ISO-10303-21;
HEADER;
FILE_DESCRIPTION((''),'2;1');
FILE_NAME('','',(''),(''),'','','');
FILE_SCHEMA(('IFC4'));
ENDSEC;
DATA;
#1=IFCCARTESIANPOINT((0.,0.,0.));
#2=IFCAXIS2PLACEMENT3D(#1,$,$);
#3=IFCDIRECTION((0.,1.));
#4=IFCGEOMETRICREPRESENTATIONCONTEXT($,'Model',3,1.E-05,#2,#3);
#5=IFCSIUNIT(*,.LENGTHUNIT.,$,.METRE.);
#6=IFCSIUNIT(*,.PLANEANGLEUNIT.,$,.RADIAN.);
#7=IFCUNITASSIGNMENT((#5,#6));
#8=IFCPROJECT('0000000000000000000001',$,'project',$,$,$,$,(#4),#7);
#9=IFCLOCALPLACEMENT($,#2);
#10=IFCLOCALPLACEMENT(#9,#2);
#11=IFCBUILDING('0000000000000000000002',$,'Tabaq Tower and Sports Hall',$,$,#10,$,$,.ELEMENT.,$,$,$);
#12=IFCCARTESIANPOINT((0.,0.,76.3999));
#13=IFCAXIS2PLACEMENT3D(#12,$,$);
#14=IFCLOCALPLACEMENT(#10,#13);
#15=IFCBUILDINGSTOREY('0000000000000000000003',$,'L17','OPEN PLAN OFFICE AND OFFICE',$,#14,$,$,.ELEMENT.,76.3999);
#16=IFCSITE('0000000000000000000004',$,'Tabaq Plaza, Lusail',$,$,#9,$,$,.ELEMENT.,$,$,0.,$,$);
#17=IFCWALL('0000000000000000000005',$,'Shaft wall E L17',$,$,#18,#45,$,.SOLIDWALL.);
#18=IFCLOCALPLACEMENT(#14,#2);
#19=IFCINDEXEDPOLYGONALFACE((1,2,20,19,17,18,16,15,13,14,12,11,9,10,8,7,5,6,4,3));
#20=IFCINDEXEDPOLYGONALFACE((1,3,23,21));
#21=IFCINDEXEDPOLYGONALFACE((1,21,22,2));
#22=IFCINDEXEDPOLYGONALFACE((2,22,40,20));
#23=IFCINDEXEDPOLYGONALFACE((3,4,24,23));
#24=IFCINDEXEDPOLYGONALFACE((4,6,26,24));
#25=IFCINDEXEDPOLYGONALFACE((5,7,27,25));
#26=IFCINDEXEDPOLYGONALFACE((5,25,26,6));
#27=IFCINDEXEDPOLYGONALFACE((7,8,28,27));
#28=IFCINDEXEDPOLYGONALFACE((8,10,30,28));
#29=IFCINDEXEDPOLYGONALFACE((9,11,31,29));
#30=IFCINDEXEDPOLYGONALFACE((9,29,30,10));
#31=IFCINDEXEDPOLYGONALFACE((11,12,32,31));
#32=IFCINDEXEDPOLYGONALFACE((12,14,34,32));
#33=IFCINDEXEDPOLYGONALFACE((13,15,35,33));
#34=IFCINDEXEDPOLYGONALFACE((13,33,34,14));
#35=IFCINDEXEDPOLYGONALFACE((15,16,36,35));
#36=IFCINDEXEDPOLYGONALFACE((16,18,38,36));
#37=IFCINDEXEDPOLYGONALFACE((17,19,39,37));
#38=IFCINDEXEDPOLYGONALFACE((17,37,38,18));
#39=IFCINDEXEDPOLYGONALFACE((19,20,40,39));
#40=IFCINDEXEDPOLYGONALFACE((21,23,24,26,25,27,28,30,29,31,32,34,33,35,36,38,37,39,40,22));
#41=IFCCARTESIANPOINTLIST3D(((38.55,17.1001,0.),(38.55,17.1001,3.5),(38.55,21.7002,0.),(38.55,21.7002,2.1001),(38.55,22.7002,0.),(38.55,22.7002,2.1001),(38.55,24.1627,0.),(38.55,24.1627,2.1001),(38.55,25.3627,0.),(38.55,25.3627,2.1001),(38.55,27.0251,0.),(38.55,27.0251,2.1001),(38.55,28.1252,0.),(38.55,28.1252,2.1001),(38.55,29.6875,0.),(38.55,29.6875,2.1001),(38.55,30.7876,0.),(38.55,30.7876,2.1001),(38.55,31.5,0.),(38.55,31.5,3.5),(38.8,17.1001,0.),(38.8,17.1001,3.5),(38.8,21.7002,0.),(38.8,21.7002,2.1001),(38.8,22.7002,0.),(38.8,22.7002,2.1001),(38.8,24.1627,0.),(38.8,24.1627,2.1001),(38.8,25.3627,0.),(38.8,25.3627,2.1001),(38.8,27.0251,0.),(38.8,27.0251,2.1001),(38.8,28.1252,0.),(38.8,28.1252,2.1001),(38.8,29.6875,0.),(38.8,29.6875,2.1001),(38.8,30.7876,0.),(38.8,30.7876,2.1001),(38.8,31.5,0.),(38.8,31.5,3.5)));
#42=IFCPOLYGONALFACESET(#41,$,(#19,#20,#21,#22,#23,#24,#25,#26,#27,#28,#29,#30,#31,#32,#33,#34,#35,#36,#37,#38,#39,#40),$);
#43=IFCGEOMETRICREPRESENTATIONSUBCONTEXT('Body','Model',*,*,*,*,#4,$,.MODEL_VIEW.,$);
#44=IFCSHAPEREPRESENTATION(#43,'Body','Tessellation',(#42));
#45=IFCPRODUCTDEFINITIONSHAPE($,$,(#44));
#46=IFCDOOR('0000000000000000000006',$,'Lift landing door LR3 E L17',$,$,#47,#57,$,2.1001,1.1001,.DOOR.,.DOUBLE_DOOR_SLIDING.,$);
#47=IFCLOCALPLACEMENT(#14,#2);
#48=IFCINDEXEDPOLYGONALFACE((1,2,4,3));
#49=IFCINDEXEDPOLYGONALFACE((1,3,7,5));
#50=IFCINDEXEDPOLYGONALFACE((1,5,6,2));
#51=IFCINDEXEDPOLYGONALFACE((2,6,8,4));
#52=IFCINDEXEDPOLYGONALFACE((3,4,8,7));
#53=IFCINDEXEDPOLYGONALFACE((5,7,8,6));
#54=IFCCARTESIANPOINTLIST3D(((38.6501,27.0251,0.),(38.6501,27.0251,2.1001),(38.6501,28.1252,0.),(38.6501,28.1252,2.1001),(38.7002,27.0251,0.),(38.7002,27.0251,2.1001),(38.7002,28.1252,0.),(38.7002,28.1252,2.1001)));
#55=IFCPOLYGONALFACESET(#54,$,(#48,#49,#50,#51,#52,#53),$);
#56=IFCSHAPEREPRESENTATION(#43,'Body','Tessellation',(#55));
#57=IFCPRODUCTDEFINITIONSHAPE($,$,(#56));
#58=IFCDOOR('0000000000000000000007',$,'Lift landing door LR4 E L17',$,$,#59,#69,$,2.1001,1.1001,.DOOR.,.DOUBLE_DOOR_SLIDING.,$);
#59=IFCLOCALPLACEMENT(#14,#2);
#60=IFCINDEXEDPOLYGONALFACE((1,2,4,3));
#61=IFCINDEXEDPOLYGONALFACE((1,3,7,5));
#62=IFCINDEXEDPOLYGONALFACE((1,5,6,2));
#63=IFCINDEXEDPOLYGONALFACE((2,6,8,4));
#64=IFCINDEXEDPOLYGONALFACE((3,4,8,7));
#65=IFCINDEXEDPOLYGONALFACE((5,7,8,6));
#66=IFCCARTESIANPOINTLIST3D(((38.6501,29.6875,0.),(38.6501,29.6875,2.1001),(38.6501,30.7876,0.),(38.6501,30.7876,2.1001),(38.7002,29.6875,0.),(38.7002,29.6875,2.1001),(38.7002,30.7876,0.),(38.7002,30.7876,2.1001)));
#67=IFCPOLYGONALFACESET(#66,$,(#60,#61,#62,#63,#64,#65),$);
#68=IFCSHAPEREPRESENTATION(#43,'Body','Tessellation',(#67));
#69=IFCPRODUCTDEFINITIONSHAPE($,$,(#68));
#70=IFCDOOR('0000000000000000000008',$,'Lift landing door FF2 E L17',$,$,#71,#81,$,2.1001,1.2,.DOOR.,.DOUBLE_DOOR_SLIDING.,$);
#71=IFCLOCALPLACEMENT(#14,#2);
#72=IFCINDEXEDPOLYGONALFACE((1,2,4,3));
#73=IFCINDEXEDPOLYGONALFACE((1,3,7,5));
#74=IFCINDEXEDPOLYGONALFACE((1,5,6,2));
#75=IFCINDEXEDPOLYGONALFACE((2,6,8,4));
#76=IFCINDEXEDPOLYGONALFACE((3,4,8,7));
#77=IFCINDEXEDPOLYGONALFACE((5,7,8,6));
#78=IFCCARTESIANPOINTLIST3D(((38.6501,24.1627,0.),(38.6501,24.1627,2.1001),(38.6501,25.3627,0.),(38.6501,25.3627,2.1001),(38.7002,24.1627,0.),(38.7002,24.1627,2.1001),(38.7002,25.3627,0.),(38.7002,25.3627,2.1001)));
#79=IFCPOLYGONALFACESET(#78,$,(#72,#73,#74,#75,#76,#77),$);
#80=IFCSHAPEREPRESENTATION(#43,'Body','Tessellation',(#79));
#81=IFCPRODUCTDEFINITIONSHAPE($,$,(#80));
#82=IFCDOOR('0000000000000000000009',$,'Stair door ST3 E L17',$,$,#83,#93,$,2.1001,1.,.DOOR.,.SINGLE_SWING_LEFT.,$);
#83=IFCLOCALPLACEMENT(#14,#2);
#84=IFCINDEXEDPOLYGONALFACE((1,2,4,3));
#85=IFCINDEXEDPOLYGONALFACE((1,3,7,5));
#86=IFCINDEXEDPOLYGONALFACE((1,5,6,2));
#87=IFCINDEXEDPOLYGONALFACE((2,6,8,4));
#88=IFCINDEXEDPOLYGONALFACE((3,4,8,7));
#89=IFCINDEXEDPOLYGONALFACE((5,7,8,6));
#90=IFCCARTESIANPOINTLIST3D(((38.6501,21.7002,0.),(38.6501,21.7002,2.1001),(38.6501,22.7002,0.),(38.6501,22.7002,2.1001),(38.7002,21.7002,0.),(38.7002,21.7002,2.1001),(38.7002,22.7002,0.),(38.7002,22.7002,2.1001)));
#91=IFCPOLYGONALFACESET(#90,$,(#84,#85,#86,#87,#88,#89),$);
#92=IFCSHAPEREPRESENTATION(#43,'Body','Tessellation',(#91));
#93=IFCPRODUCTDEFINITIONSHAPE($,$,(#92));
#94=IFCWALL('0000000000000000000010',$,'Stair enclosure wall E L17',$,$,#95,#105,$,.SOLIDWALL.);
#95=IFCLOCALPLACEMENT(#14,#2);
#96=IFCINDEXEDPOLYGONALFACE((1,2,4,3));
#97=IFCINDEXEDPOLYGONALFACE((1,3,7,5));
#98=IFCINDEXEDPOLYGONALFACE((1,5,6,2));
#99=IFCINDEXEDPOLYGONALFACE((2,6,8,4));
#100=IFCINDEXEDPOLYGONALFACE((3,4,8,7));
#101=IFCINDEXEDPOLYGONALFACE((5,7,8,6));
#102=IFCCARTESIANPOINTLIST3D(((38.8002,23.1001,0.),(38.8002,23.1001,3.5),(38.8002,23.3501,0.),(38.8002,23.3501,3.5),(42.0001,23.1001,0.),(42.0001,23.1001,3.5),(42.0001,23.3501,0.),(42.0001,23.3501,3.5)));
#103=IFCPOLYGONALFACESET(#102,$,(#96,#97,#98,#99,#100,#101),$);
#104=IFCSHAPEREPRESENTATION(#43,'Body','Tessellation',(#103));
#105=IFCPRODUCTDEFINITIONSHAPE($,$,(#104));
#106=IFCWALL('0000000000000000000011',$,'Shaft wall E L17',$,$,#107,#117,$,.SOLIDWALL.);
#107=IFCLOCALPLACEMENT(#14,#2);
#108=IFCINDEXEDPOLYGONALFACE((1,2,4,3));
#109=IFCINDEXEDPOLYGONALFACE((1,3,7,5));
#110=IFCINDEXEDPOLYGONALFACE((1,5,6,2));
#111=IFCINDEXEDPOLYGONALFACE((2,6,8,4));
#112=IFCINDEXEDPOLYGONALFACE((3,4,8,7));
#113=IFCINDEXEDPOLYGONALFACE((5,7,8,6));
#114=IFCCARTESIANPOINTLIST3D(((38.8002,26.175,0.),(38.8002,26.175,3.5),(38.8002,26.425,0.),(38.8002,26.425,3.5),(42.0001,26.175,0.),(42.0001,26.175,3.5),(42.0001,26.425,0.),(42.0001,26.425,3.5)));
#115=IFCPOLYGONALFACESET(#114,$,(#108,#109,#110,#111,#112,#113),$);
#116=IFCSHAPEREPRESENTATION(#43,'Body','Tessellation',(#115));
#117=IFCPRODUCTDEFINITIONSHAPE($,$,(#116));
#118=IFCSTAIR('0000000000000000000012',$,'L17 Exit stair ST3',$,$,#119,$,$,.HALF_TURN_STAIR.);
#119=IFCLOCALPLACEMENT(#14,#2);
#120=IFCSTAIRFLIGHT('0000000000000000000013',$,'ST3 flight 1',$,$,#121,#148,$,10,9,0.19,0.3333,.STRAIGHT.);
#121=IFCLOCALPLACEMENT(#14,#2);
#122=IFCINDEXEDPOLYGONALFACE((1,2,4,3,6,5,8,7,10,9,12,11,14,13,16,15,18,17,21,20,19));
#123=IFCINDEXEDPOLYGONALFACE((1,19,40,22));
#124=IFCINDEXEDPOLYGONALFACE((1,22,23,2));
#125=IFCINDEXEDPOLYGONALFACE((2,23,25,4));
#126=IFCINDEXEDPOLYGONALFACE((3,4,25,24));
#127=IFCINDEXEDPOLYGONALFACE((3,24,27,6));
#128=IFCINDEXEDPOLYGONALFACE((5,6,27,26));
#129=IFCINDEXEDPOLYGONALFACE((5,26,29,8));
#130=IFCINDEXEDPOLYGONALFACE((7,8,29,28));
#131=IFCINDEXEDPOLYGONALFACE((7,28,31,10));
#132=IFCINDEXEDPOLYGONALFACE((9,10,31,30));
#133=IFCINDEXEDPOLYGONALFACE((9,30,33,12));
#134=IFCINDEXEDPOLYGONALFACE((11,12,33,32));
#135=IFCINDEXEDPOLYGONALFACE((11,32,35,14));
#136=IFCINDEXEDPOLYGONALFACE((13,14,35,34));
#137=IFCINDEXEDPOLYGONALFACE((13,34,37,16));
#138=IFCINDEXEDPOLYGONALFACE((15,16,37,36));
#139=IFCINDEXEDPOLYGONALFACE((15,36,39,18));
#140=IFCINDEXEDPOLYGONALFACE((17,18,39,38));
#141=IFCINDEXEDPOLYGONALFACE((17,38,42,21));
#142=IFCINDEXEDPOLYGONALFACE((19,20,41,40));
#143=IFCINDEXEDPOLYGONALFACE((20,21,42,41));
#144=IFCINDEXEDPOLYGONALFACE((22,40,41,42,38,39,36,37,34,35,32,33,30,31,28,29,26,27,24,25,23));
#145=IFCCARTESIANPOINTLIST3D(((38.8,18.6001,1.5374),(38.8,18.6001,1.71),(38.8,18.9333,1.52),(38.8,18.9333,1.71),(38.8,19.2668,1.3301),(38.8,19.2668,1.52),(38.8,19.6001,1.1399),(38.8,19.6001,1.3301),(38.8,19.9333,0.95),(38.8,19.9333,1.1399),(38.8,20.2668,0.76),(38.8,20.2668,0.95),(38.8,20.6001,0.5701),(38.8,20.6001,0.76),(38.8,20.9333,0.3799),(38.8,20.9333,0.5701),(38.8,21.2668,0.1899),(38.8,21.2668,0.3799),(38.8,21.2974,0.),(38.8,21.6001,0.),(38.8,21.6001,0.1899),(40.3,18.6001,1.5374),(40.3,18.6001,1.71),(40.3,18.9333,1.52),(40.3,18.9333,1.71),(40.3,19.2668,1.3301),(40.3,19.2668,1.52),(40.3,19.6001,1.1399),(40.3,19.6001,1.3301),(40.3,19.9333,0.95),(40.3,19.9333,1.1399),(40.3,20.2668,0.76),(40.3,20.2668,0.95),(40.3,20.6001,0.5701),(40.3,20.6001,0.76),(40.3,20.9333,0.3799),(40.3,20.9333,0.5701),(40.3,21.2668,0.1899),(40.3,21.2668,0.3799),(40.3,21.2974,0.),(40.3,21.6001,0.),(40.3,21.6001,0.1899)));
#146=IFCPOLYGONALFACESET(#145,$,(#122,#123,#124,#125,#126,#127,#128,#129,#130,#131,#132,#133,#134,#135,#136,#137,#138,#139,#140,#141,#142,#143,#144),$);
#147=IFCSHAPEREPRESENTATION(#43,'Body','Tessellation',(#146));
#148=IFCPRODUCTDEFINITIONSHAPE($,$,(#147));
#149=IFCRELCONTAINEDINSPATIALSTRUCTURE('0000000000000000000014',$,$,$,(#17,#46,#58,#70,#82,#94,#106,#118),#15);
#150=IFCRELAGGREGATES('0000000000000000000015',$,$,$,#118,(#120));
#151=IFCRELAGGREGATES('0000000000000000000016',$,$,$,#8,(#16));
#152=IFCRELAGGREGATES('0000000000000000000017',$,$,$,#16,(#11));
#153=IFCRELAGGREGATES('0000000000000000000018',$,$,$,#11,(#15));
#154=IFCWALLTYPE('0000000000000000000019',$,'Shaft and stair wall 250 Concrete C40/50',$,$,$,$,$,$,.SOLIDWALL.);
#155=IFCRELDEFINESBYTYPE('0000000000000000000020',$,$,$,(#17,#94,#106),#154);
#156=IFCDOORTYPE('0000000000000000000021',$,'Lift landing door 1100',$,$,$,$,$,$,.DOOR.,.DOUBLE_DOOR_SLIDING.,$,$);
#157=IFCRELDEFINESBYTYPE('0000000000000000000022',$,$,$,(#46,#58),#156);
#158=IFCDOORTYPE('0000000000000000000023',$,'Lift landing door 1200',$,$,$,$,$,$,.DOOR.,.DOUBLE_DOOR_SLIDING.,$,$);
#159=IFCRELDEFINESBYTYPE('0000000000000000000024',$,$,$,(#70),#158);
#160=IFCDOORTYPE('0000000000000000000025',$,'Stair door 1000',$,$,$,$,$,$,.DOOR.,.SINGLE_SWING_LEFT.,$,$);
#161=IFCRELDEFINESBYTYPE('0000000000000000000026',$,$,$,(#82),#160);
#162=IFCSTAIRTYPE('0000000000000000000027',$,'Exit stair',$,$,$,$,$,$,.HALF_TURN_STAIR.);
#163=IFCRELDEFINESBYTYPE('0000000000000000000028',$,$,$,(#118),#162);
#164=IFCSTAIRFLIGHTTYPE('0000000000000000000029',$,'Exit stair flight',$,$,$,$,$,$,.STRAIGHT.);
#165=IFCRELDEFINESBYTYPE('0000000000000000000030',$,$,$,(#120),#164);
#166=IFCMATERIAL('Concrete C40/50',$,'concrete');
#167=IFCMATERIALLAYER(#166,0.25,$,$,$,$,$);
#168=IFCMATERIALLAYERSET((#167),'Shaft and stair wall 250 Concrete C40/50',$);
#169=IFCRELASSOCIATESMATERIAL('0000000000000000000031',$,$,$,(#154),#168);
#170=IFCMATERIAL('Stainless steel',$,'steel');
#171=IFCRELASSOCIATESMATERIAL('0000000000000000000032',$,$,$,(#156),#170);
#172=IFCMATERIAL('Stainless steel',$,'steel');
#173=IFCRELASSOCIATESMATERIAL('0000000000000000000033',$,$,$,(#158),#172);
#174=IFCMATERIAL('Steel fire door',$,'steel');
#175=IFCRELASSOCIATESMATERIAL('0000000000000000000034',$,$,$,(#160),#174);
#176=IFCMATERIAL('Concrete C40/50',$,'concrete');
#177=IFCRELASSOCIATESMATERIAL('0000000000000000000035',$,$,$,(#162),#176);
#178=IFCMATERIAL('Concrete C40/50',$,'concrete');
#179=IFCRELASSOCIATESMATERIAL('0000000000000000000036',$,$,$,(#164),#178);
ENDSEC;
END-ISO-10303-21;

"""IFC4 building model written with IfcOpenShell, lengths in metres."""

from ifc_helpers import new_model, si_unit, direction, frame, frame_2d, origin, place, context, subcontext, project, spatial, polyline, rectangle, outline, extrude, material, layer, layer_set, type_object, element, fill, aggregate, save


model = new_model("IFC4")

# Units and contexts
model_context = context("Model", 3, precision=1e-05, world=origin(), true_north=direction((0.0, 1.0)))
body_context = subcontext(model_context, "Body", "Model", "MODEL_VIEW")
ifc_project = project(units=[si_unit("LENGTHUNIT", "METRE"), si_unit("PLANEANGLEUNIT", "RADIAN")], contexts=[model_context])

# Site, building, storey
site_placement = place(None, origin())
site = spatial("IfcSite", under=ifc_project, at=site_placement, Name="Tabaq Plaza, Lusail", CompositionType="ELEMENT", RefElevation=0.0)
building_placement = place(site_placement, origin())
building = spatial("IfcBuilding", under=site, at=building_placement, Name="Tabaq Tower and Sports Hall", CompositionType="ELEMENT")
storey_placement = place(building_placement, frame((0.0, 0.0, 76.3999)))
storey = spatial("IfcBuildingStorey", under=building, at=storey_placement, Name="L17", Description="OPEN PLAN OFFICE AND OFFICE", CompositionType="ELEMENT", Elevation=76.3999)

# Wall, openings, doors
ifc_material_1 = material(Name="Concrete C40/50", Category="concrete")
ifc_layer_1 = layer(ifc_material_1, 0.25)
ifc_layer_set_1 = layer_set([ifc_layer_1], Name="Shaft and stair wall 250 Concrete C40/50")
wall_type_1 = type_object("IfcWallType", Name="Shaft and stair wall 250 Concrete C40/50", PredefinedType="SOLIDWALL", material=ifc_layer_set_1)
wall_1_placement = place(storey_placement, frame((38.675, 17.1001, 0.0), z_axis=(0.0, 0.0, 1.0), x_axis=(0.0, 1.0, 0.0)))
wall_1 = element("IfcWall", 1, at=wall_1_placement, inside=storey, type_object=wall_type_1, Name="Shaft wall E L17", PredefinedType="SOLIDWALL", context=body_context, shape_type="SweptSolid", body=[
    extrude(rectangle(XDim=14.3999, YDim=0.25, at=frame_2d((7.2, 0.0))), origin(), (0.0, 0.0, 1.0), 3.5),
])
opening_1_placement = place(wall_1_placement, frame((4.6001, 0.0, 0.0)))
opening_1 = element("IfcOpeningElement", 2, at=opening_1_placement, cuts=wall_1, PredefinedType="OPENING", context=body_context, shape_type="SweptSolid", body=[
    extrude(rectangle(XDim=1.0, YDim=2.1001, at=frame_2d((0.5, 1.05))), frame((0.0, 0.125, 0.0), z_axis=(0.0, -1.0, 0.0), x_axis=(1.0, 0.0, 0.0)), (0.0, 0.0, 1.0), 0.25),
])
opening_2_placement = place(wall_1_placement, frame((7.0625, 0.0, 0.0)))
opening_2 = element("IfcOpeningElement", 3, at=opening_2_placement, cuts=wall_1, PredefinedType="OPENING", context=body_context, shape_type="SweptSolid", body=[
    extrude(rectangle(XDim=1.2, YDim=2.1001, at=frame_2d((0.6001, 1.05))), frame((0.0, 0.125, 0.0), z_axis=(0.0, -1.0, 0.0), x_axis=(1.0, 0.0, 0.0)), (0.0, 0.0, 1.0), 0.25),
])
opening_3_placement = place(wall_1_placement, frame((9.925, 0.0, 0.0)))
opening_3 = element("IfcOpeningElement", 4, at=opening_3_placement, cuts=wall_1, PredefinedType="OPENING", context=body_context, shape_type="SweptSolid", body=[
    extrude(rectangle(XDim=1.1001, YDim=2.1001, at=frame_2d((0.55, 1.05))), frame((0.0, 0.125, 0.0), z_axis=(0.0, -1.0, 0.0), x_axis=(1.0, 0.0, 0.0)), (0.0, 0.0, 1.0), 0.25),
])
opening_4_placement = place(wall_1_placement, frame((12.5874, 0.0, 0.0)))
opening_4 = element("IfcOpeningElement", 5, at=opening_4_placement, cuts=wall_1, PredefinedType="OPENING", context=body_context, shape_type="SweptSolid", body=[
    extrude(rectangle(XDim=1.1001, YDim=2.1001, at=frame_2d((0.55, 1.05))), frame((0.0, 0.125, 0.0), z_axis=(0.0, -1.0, 0.0), x_axis=(1.0, 0.0, 0.0)), (0.0, 0.0, 1.0), 0.25),
])
ifc_material_2 = material(Name="Stainless steel", Category="steel")
door_type_1 = type_object("IfcDoorType", Name="Lift landing door 1100", OperationType="DOUBLE_DOOR_SLIDING", PredefinedType="DOOR", material=ifc_material_2)
door_1_placement = place(opening_3_placement, origin())
door_1 = element("IfcDoor", 6, at=door_1_placement, inside=storey, type_object=door_type_1, Name="Lift landing door LR3 E L17", OperationType="DOUBLE_DOOR_SLIDING", OverallHeight=2.1001, OverallWidth=1.1001, PredefinedType="DOOR", context=body_context, shape_type="SweptSolid", body=[
    extrude(rectangle(XDim=1.1001, YDim=2.1001, at=frame_2d((0.55, 1.05))), frame((0.0, 0.0249, 0.0), z_axis=(0.0, -1.0, 0.0), x_axis=(1.0, 0.0, 0.0)), (0.0, 0.0, 1.0), 0.05),
])
fill(opening_3, door_1)
door_2_placement = place(opening_4_placement, origin())
door_2 = element("IfcDoor", 7, at=door_2_placement, inside=storey, type_object=door_type_1, Name="Lift landing door LR4 E L17", OperationType="DOUBLE_DOOR_SLIDING", OverallHeight=2.1001, OverallWidth=1.1001, PredefinedType="DOOR", context=body_context, shape_type="SweptSolid", body=[
    extrude(rectangle(XDim=1.1001, YDim=2.1001, at=frame_2d((0.55, 1.05))), frame((0.0, 0.0249, 0.0), z_axis=(0.0, -1.0, 0.0), x_axis=(1.0, 0.0, 0.0)), (0.0, 0.0, 1.0), 0.05),
])
fill(opening_4, door_2)
ifc_material_3 = material(Name="Stainless steel", Category="steel")
door_type_2 = type_object("IfcDoorType", Name="Lift landing door 1200", OperationType="DOUBLE_DOOR_SLIDING", PredefinedType="DOOR", material=ifc_material_3)
door_3_placement = place(opening_2_placement, origin())
door_3 = element("IfcDoor", 8, at=door_3_placement, inside=storey, type_object=door_type_2, Name="Lift landing door FF2 E L17", OperationType="DOUBLE_DOOR_SLIDING", OverallHeight=2.1001, OverallWidth=1.2, PredefinedType="DOOR", context=body_context, shape_type="SweptSolid", body=[
    extrude(rectangle(XDim=1.2, YDim=2.1001, at=frame_2d((0.6001, 1.05))), frame((0.0, 0.0249, 0.0), z_axis=(0.0, -1.0, 0.0), x_axis=(1.0, 0.0, 0.0)), (0.0, 0.0, 1.0), 0.05),
])
fill(opening_2, door_3)
ifc_material_4 = material(Name="Steel fire door", Category="steel")
door_type_3 = type_object("IfcDoorType", Name="Stair door 1000", OperationType="SINGLE_SWING_LEFT", PredefinedType="DOOR", material=ifc_material_4)
door_4_placement = place(opening_1_placement, origin())
door_4 = element("IfcDoor", 9, at=door_4_placement, inside=storey, type_object=door_type_3, Name="Stair door ST3 E L17", OperationType="SINGLE_SWING_LEFT", OverallHeight=2.1001, OverallWidth=1.0, PredefinedType="DOOR", context=body_context, shape_type="SweptSolid", body=[
    extrude(rectangle(XDim=1.0, YDim=2.1001, at=frame_2d((0.5, 1.05))), frame((0.0, 0.0249, 0.0), z_axis=(0.0, -1.0, 0.0), x_axis=(1.0, 0.0, 0.0)), (0.0, 0.0, 1.0), 0.05),
])
fill(opening_1, door_4)

# Walls
for number, where, z_axis, x_axis, name in (
    (10, (38.8, 23.2251, 0.0), (0.0, 0.0, 1.0), (1.0, 0.0, 0.0), "Stair enclosure wall E L17"),
    (11, (38.8, 26.3, 0.0), (0.0, 0.0, 1.0), (1.0, 0.0, 0.0), "Shaft wall E L17"),
):
    element("IfcWall", number, at=place(storey_placement, frame(where, z_axis=z_axis, x_axis=x_axis)), inside=storey, type_object=wall_type_1, Name=name, PredefinedType="SOLIDWALL", context=body_context, shape_type="SweptSolid", body=[
        extrude(rectangle(XDim=3.2, YDim=0.25, at=frame_2d((1.6001, 0.0))), origin(), (0.0, 0.0, 1.0), 3.5),
    ])

# Stair, stair flight
ifc_material_5 = material(Name="Concrete C40/50", Category="concrete")
stair_type = type_object("IfcStairType", Name="Exit stair", PredefinedType="HALF_TURN_STAIR", material=ifc_material_5)
stair_placement = place(storey_placement, origin())
stair = element("IfcStair", 12, at=stair_placement, inside=storey, type_object=stair_type, Name="L17 Exit stair ST3", PredefinedType="HALF_TURN_STAIR")
ifc_material_6 = material(Name="Concrete C40/50", Category="concrete")
stair_flight_type = type_object("IfcStairFlightType", Name="Exit stair flight", PredefinedType="STRAIGHT", material=ifc_material_6)
stair_flight_1_placement = place(storey_placement, frame((39.55, 21.6001, 0.0), z_axis=(0.0, 0.0, 1.0), x_axis=(0.0, -1.0, 0.0)))
stair_flight_1 = element("IfcStairFlight", 13, at=stair_flight_1_placement, type_object=stair_flight_type, Name="ST3 flight 1", NumberOfRisers=10, NumberOfTreads=9, PredefinedType="STRAIGHT", RiserHeight=0.19, TreadLength=0.3333, context=body_context, shape_type="SweptSolid", body=[
    extrude(outline(polyline([(0.0, 0.0), (0.0, 0.1899), (0.3333, 0.1899), (0.3333, 0.3799), (0.6667, 0.3799), (0.6667, 0.5701), (1.0, 0.5701), (1.0, 0.76), (1.3333, 0.76), (1.3333, 0.95), (1.6667, 0.95), (1.6667, 1.1399), (2.0, 1.1399), (2.0, 1.3301), (2.3333, 1.3301), (2.3333, 1.52), (2.6667, 1.52), (2.6667, 1.71), (3.0, 1.71), (3.0, 1.8999), (3.0, 1.5374), (0.3027, 0.0), (0.0, 0.0)])), frame((0.0, 0.75, 0.0), z_axis=(0.0, -1.0, 0.0), x_axis=(1.0, 0.0, 0.0)), (0.0, 0.0, 1.0), 1.5),
])
aggregate(stair, [stair_flight_1])

save(model, "model.ifc")
